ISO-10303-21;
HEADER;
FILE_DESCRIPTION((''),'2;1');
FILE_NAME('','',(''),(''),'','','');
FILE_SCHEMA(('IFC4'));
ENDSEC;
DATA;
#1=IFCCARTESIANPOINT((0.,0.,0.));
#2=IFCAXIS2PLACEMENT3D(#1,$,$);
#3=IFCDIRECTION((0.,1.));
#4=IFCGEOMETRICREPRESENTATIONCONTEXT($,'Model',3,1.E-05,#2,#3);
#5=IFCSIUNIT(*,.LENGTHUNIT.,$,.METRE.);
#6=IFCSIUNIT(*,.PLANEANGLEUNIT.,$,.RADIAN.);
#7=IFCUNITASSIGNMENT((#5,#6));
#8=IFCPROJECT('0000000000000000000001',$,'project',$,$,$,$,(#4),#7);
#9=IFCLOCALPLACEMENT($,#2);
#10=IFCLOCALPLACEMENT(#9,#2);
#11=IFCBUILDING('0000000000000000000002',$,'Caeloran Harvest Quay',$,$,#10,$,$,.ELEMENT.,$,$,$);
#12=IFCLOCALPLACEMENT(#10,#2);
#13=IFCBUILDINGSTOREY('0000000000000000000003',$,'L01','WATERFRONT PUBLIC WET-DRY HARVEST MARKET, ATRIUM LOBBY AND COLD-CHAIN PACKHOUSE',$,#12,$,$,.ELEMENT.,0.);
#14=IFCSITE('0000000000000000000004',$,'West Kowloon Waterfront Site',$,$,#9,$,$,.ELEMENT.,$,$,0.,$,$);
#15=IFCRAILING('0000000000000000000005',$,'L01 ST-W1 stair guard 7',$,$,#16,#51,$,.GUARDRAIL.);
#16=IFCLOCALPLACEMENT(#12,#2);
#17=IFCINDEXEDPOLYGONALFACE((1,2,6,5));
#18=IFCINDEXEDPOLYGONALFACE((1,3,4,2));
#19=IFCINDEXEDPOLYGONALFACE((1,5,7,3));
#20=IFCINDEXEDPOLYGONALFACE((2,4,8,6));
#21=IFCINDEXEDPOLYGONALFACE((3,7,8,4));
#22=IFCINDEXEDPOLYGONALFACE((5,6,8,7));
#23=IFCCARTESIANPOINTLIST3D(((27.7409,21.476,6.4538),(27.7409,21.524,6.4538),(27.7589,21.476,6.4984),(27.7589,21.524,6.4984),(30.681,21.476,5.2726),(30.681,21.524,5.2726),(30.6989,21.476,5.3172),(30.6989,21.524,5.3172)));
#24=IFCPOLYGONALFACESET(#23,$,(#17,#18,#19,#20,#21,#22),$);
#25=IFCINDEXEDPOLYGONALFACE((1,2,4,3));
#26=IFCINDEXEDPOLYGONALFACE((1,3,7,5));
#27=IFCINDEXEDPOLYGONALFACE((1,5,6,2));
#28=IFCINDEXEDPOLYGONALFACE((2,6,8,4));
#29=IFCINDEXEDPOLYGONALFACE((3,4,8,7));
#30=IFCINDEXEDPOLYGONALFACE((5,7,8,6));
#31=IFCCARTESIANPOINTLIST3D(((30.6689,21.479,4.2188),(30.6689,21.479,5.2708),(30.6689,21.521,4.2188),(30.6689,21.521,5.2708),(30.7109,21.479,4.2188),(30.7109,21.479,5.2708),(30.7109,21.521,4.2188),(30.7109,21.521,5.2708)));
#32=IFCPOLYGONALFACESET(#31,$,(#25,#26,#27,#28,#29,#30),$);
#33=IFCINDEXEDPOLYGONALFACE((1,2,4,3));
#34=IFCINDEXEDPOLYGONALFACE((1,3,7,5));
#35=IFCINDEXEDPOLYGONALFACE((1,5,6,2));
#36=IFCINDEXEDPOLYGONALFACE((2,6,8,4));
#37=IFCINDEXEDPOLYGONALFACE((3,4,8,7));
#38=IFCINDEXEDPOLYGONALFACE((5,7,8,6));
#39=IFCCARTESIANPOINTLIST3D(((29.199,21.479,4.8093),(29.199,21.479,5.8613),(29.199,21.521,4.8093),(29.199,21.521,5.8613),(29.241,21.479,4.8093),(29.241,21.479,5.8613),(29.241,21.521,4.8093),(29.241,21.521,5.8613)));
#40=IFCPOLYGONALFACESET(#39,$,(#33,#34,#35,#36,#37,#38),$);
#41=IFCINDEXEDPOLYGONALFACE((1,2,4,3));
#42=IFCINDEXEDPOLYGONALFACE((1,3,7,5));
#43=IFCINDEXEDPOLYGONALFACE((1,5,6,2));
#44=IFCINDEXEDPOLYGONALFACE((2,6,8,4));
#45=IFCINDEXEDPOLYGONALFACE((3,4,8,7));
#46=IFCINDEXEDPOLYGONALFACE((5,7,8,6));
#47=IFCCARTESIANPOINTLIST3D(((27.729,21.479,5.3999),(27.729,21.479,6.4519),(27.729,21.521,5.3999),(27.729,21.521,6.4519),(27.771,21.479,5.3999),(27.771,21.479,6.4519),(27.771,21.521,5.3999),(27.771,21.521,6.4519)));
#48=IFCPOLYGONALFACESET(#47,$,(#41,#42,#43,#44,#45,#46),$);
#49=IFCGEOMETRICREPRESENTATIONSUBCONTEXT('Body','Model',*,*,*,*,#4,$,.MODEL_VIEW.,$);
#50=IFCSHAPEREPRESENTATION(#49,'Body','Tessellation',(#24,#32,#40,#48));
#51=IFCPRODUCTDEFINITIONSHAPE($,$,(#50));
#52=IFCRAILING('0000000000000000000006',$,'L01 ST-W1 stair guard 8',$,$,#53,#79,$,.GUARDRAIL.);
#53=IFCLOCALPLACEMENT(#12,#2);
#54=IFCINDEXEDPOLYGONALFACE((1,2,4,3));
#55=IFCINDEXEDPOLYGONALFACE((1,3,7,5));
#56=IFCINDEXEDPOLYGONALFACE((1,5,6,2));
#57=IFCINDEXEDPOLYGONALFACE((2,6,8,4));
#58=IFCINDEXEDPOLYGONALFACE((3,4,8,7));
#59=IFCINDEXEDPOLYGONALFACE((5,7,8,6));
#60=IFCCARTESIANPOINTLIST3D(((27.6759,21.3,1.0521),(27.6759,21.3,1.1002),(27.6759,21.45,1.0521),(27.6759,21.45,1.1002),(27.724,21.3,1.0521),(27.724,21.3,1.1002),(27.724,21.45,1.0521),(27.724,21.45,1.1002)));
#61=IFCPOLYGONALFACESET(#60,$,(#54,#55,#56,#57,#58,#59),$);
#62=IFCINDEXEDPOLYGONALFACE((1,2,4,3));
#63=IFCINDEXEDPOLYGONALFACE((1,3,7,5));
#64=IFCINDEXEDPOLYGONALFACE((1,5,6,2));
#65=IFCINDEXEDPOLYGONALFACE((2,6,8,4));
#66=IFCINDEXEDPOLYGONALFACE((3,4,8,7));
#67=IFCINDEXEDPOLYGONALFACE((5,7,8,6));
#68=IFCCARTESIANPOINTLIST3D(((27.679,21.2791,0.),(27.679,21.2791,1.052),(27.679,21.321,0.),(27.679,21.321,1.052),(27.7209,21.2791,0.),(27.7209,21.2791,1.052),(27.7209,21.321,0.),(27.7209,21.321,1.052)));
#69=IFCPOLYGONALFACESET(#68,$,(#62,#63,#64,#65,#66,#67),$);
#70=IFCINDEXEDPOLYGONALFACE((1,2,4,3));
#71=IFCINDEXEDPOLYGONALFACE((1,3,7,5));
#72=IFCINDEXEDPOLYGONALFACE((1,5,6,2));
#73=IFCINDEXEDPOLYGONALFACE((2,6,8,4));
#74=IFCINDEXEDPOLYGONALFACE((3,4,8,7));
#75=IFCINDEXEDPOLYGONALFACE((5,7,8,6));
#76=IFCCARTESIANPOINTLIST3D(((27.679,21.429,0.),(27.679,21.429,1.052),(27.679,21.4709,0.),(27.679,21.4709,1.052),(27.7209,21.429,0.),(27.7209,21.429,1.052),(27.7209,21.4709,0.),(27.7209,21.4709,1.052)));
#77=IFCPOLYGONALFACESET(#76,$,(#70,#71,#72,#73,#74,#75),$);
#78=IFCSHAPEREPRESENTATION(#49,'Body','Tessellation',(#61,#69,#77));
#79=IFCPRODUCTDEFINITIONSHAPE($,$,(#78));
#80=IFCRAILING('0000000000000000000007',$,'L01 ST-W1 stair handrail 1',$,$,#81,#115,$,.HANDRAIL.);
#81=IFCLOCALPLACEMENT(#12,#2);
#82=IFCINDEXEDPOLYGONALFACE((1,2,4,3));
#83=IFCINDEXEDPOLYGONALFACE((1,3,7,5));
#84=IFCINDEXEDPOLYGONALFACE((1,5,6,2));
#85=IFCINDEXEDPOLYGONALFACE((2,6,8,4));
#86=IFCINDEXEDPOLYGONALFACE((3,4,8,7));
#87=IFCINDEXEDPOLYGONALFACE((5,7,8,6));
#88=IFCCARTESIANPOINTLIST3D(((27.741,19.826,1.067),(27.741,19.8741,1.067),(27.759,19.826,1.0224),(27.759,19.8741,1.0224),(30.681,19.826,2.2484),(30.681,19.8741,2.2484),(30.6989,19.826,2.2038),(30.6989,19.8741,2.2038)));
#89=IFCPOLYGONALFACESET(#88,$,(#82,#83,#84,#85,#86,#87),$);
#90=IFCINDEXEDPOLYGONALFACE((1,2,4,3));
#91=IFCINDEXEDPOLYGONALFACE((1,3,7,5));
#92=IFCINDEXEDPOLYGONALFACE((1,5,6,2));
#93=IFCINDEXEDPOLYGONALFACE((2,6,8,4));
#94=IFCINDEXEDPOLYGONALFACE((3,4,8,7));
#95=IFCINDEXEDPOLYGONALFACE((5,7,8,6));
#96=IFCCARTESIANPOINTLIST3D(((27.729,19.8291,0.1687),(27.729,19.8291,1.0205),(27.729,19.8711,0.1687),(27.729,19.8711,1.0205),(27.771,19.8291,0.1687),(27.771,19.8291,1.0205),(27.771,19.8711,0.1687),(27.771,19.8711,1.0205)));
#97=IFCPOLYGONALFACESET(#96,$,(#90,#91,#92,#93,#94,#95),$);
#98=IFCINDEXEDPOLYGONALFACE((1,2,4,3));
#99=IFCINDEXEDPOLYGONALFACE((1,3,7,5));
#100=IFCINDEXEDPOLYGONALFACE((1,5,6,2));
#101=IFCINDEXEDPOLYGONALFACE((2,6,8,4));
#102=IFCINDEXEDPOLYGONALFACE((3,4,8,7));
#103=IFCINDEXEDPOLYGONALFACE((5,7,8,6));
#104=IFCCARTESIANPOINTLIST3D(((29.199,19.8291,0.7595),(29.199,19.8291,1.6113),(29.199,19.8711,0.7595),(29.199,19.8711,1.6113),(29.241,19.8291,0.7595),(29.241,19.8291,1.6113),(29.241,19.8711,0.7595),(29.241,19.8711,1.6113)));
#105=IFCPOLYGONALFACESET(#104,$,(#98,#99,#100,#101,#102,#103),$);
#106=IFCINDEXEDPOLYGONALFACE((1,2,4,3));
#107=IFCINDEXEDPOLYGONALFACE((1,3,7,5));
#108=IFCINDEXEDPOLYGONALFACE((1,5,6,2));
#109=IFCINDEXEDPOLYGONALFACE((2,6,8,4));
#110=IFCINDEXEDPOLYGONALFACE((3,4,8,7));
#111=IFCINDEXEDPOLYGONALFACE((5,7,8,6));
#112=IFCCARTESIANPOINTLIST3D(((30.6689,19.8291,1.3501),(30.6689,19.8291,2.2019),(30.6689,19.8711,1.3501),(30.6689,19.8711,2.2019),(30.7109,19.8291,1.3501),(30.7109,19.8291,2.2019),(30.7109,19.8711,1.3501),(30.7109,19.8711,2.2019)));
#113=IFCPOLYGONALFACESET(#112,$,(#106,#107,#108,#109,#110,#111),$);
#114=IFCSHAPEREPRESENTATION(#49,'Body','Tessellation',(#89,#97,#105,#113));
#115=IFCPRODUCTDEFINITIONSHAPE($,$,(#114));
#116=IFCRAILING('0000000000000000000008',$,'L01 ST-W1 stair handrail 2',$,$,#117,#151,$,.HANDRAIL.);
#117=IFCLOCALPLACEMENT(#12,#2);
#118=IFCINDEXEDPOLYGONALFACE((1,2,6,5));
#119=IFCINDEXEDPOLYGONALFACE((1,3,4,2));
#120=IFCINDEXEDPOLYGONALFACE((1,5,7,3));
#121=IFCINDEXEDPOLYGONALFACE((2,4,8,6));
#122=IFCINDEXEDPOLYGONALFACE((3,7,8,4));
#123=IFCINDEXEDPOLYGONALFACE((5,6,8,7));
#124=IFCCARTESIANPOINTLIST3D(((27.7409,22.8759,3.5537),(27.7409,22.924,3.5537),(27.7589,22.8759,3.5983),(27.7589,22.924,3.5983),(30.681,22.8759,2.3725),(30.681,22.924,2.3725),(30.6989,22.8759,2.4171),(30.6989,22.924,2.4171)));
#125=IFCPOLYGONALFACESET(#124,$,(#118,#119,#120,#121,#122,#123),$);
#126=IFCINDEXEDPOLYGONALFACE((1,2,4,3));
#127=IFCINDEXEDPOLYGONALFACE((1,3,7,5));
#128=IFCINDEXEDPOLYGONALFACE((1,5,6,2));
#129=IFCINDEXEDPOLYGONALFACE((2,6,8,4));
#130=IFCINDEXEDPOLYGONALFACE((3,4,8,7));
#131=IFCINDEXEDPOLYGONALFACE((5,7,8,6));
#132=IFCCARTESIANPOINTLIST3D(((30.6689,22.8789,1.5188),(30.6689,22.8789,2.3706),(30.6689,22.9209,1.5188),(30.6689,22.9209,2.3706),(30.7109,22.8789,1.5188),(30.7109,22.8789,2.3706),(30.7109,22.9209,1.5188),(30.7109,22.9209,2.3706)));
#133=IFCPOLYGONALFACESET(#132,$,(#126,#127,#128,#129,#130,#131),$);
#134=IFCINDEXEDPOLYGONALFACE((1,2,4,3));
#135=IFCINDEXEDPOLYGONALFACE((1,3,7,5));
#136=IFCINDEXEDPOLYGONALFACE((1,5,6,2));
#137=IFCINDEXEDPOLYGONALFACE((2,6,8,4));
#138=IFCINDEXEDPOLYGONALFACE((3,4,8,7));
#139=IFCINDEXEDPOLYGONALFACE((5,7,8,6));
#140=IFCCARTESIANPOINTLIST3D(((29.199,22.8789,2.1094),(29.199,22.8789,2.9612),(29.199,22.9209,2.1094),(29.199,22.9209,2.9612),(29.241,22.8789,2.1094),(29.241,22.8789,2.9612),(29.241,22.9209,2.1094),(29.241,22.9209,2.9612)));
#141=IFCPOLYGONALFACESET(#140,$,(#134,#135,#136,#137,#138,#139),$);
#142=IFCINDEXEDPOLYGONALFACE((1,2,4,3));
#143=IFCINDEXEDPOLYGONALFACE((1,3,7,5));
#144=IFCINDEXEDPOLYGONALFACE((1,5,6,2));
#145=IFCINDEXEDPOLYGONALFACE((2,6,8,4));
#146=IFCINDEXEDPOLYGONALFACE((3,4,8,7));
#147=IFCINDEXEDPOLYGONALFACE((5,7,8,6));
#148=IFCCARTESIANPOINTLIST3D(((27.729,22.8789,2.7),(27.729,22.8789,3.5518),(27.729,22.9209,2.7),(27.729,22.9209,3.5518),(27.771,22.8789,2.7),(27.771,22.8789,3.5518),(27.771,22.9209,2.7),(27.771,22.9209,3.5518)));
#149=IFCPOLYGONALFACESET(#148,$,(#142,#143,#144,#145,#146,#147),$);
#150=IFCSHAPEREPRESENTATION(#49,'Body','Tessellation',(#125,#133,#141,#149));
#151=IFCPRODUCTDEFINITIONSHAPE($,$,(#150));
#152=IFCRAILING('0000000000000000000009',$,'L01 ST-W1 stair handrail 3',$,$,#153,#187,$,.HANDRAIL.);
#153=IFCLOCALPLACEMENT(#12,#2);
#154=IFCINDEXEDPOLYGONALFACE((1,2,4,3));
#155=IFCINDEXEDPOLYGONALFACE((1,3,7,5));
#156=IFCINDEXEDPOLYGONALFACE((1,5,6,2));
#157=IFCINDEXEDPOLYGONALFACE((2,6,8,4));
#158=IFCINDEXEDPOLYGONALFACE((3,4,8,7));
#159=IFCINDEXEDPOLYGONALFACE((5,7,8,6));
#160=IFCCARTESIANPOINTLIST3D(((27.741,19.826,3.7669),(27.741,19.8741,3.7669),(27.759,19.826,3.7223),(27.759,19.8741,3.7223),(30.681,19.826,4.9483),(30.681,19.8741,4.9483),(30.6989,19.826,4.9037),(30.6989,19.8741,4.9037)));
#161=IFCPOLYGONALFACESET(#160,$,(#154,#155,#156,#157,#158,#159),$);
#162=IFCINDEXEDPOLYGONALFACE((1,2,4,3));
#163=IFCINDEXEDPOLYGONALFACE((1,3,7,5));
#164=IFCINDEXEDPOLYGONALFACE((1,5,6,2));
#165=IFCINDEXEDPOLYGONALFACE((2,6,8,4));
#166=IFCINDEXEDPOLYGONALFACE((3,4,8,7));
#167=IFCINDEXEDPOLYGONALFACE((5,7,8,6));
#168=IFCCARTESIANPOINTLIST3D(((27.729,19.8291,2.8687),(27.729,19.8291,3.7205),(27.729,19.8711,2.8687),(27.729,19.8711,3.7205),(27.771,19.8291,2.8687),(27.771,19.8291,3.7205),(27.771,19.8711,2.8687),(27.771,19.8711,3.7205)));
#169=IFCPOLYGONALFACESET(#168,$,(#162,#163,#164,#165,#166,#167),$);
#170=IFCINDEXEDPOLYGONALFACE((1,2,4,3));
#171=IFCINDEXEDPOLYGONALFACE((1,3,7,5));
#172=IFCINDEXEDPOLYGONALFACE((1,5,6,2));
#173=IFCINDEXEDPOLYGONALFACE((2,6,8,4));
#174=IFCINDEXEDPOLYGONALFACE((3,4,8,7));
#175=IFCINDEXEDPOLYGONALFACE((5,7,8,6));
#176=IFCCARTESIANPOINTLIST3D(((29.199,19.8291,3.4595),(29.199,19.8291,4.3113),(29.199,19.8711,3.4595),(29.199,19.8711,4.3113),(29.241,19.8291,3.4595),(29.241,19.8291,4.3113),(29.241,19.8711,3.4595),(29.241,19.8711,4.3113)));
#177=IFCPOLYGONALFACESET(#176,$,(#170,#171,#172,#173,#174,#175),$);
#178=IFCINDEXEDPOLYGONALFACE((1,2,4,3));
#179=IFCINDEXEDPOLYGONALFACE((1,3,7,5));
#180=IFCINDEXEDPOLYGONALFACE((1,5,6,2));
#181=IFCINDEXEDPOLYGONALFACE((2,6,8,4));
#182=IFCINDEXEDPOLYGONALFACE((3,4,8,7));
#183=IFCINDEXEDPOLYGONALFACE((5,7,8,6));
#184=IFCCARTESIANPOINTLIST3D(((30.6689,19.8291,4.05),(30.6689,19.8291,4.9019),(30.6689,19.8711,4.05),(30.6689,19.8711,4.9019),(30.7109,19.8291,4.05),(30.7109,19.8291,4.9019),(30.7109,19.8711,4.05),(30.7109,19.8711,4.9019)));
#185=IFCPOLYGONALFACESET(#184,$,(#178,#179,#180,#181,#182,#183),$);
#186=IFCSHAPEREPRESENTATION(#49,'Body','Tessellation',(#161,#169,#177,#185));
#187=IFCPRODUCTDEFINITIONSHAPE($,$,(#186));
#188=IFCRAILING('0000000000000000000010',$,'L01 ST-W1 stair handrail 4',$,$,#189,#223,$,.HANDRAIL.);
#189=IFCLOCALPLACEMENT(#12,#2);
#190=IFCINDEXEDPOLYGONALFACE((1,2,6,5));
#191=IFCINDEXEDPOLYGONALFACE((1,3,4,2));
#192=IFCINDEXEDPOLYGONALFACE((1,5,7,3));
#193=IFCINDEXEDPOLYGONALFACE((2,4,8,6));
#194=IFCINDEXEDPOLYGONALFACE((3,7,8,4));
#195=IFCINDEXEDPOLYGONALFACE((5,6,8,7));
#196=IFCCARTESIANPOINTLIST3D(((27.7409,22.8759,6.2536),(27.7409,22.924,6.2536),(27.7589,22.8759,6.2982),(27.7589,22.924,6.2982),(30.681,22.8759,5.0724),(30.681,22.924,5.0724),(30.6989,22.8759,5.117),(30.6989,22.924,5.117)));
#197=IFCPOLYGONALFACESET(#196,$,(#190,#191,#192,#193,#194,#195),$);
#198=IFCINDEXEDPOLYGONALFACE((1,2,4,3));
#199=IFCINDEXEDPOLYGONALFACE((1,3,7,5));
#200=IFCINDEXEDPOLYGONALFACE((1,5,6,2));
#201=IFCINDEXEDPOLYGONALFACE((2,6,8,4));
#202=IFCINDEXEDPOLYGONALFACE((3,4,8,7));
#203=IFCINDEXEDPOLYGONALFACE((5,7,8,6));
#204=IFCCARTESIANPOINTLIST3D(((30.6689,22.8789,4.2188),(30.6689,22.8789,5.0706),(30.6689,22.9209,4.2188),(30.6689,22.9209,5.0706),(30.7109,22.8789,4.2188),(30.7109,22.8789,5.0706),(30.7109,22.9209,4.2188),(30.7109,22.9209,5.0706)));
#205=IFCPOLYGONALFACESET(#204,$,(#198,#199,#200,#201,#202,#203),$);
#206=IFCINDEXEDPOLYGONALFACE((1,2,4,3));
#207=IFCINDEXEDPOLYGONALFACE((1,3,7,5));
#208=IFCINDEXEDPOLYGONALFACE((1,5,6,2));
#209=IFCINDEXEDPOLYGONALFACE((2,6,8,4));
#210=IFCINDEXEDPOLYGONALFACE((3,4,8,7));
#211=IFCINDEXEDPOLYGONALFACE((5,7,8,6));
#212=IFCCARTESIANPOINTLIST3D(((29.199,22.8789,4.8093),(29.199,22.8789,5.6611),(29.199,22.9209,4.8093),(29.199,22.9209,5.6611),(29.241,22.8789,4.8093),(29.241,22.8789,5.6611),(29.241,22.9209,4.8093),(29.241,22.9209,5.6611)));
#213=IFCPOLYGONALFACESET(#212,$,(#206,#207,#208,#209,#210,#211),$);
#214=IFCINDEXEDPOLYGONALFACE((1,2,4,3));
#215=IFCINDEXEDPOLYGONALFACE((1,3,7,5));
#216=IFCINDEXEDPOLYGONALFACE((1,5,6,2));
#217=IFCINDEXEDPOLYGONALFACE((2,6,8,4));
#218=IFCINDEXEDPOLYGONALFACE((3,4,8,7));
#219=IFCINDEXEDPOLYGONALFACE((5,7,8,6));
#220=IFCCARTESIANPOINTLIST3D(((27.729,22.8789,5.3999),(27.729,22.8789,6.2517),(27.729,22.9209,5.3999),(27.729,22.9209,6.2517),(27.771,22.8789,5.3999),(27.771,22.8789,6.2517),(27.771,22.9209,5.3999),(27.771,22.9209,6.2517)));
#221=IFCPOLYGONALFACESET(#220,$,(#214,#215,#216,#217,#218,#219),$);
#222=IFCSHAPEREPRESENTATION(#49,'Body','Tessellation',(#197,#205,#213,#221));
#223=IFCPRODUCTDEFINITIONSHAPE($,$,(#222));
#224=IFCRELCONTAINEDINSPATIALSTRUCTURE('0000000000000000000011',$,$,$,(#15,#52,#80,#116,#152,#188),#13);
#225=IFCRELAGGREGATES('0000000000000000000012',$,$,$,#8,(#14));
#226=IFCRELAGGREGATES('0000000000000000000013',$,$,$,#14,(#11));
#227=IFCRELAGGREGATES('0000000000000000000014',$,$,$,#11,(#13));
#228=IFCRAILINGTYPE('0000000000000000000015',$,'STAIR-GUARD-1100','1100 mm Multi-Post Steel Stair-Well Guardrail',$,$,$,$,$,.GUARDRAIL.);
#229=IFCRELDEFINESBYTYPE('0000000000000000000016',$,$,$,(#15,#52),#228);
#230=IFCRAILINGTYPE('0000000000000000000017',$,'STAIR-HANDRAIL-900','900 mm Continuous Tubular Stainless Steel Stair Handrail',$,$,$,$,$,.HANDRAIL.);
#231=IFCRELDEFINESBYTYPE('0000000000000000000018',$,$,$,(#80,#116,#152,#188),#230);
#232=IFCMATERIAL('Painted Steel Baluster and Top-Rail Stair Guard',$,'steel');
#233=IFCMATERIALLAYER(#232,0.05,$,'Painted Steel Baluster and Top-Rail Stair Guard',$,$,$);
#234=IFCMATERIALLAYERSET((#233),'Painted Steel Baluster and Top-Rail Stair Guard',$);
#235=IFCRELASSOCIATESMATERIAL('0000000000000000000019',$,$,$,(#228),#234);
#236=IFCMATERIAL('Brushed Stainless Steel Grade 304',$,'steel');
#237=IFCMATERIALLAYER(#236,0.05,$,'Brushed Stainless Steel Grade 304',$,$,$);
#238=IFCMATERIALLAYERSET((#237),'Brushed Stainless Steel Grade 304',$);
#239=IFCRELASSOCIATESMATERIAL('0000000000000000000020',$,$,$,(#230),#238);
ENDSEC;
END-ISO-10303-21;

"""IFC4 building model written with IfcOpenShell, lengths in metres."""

from ifc_helpers import new_model, si_unit, direction, frame, origin, origin_2d, place, context, subcontext, project, spatial, rectangle, extrude, material, layer, layer_set, type_object, element, save


model = new_model("IFC4")

# Units and contexts
model_context = context("Model", 3, precision=1e-05, world=origin(), true_north=direction((0.0, 1.0)))
body_context = subcontext(model_context, "Body", "Model", "MODEL_VIEW")
ifc_project = project(units=[si_unit("LENGTHUNIT", "METRE"), si_unit("PLANEANGLEUNIT", "RADIAN")], contexts=[model_context])

# Site, building, storey
site_placement = place(None, origin())
site = spatial("IfcSite", under=ifc_project, at=site_placement, Name="West Kowloon Waterfront Site", CompositionType="ELEMENT", RefElevation=0.0)
building_placement = place(site_placement, origin())
building = spatial("IfcBuilding", under=site, at=building_placement, Name="Caeloran Harvest Quay", CompositionType="ELEMENT")
storey_placement = place(building_placement, origin())
storey = spatial("IfcBuildingStorey", under=building, at=storey_placement, Name="L01", Description="WATERFRONT PUBLIC WET-DRY HARVEST MARKET, ATRIUM LOBBY AND COLD-CHAIN PACKHOUSE", CompositionType="ELEMENT", Elevation=0.0)

# Railings
ifc_material_1 = material(Name="Painted Steel Baluster and Top-Rail Stair Guard", Category="steel")
ifc_layer_1 = layer(ifc_material_1, 0.05, Name="Painted Steel Baluster and Top-Rail Stair Guard")
ifc_layer_set_1 = layer_set([ifc_layer_1], Name="Painted Steel Baluster and Top-Rail Stair Guard")
railing_type_1 = type_object("IfcRailingType", Name="STAIR-GUARD-1100", Description="1100 mm Multi-Post Steel Stair-Well Guardrail", PredefinedType="GUARDRAIL", material=ifc_layer_set_1)
railing_1_placement = place(storey_placement, frame((30.6899, 21.5, 4.2188)))
element("IfcRailing", 1, at=railing_1_placement, inside=storey, type_object=railing_type_1, Name="L01 ST-W1 stair guard 7", PredefinedType="GUARDRAIL", context=body_context, shape_type="SweptSolid", body=[
    extrude(rectangle(XDim=0.0481, YDim=0.0481, at=origin_2d()), frame((0.0, 0.0, 1.0762), z_axis=(-0.927912, 0.0, 0.372799), x_axis=(0.0, -1.0, 0.0)), (0.0, 0.0, 1.0), 3.1685),
    extrude(rectangle(XDim=0.042, YDim=0.042, at=origin_2d()), origin(), (0.0, 0.0, 1.0), 1.052),
    extrude(rectangle(XDim=0.042, YDim=0.042, at=origin_2d()), frame((-1.47, 0.0, 0.5906)), (0.0, 0.0, 1.0), 1.052),
    extrude(rectangle(XDim=0.042, YDim=0.042, at=origin_2d()), frame((-2.9399, 0.0, 1.1812)), (0.0, 0.0, 1.0), 1.052),
])
railing_2_placement = place(storey_placement, frame((27.7, 21.3, 0.0)))
element("IfcRailing", 2, at=railing_2_placement, inside=storey, type_object=railing_type_1, Name="L01 ST-W1 stair guard 8", PredefinedType="GUARDRAIL", context=body_context, shape_type="SweptSolid", body=[
    extrude(rectangle(XDim=0.0481, YDim=0.0481, at=origin_2d()), frame((0.0, 0.0, 1.0762), z_axis=(0.0, 1.0, 0.0), x_axis=(-1.0, 0.0, 0.0)), (0.0, 0.0, 1.0), 0.1499),
    extrude(rectangle(XDim=0.042, YDim=0.042, at=origin_2d()), origin(), (0.0, 0.0, 1.0), 1.052),
    extrude(rectangle(XDim=0.042, YDim=0.042, at=origin_2d()), frame((0.0, 0.1499, 0.0)), (0.0, 0.0, 1.0), 1.052),
])
ifc_material_2 = material(Name="Brushed Stainless Steel Grade 304", Category="steel")
ifc_layer_2 = layer(ifc_material_2, 0.05, Name="Brushed Stainless Steel Grade 304")
ifc_layer_set_2 = layer_set([ifc_layer_2], Name="Brushed Stainless Steel Grade 304")
railing_type_2 = type_object("IfcRailingType", Name="STAIR-HANDRAIL-900", Description="900 mm Continuous Tubular Stainless Steel Stair Handrail", PredefinedType="HANDRAIL", material=ifc_layer_set_2)
railing_3_placement = place(storey_placement, frame((27.75, 19.8501, 0.1687)))
element("IfcRailing", 3, at=railing_3_placement, inside=storey, type_object=railing_type_2, Name="L01 ST-W1 stair handrail 1", PredefinedType="HANDRAIL", context=body_context, shape_type="SweptSolid", body=[
    extrude(rectangle(XDim=0.0481, YDim=0.0481, at=origin_2d()), frame((0.0, 0.0, 0.876), z_axis=(0.927886, 0.0, 0.372865), x_axis=(0.0, 1.0, 0.0)), (0.0, 0.0, 1.0), 3.1685),
    extrude(rectangle(XDim=0.042, YDim=0.042, at=origin_2d()), origin(), (0.0, 0.0, 1.0), 0.8518),
    extrude(rectangle(XDim=0.042, YDim=0.042, at=origin_2d()), frame((1.47, 0.0, 0.5908)), (0.0, 0.0, 1.0), 0.8518),
    extrude(rectangle(XDim=0.042, YDim=0.042, at=origin_2d()), frame((2.9399, 0.0, 1.1814)), (0.0, 0.0, 1.0), 0.8518),
])
railing_4_placement = place(storey_placement, frame((30.6899, 22.8999, 1.5188)))
element("IfcRailing", 4, at=railing_4_placement, inside=storey, type_object=railing_type_2, Name="L01 ST-W1 stair handrail 2", PredefinedType="HANDRAIL", context=body_context, shape_type="SweptSolid", body=[
    extrude(rectangle(XDim=0.0481, YDim=0.0481, at=origin_2d()), frame((0.0, 0.0, 0.876), z_axis=(-0.927912, 0.0, 0.372799), x_axis=(0.0, -1.0, 0.0)), (0.0, 0.0, 1.0), 3.1685),
    extrude(rectangle(XDim=0.042, YDim=0.042, at=origin_2d()), origin(), (0.0, 0.0, 1.0), 0.8518),
    extrude(rectangle(XDim=0.042, YDim=0.042, at=origin_2d()), frame((-1.47, 0.0, 0.5906)), (0.0, 0.0, 1.0), 0.8518),
    extrude(rectangle(XDim=0.042, YDim=0.042, at=origin_2d()), frame((-2.9399, 0.0, 1.1812)), (0.0, 0.0, 1.0), 0.8518),
])
railing_5_placement = place(storey_placement, frame((27.75, 19.8501, 2.8687)))
element("IfcRailing", 5, at=railing_5_placement, inside=storey, type_object=railing_type_2, Name="L01 ST-W1 stair handrail 3", PredefinedType="HANDRAIL", context=body_context, shape_type="SweptSolid", body=[
    extrude(rectangle(XDim=0.0481, YDim=0.0481, at=origin_2d()), frame((0.0, 0.0, 0.876), z_axis=(0.927886, 0.0, 0.372865), x_axis=(0.0, 1.0, 0.0)), (0.0, 0.0, 1.0), 3.1685),
    extrude(rectangle(XDim=0.042, YDim=0.042, at=origin_2d()), origin(), (0.0, 0.0, 1.0), 0.8518),
    extrude(rectangle(XDim=0.042, YDim=0.042, at=origin_2d()), frame((1.47, 0.0, 0.5908)), (0.0, 0.0, 1.0), 0.8518),
    extrude(rectangle(XDim=0.042, YDim=0.042, at=origin_2d()), frame((2.9399, 0.0, 1.1814)), (0.0, 0.0, 1.0), 0.8518),
])
railing_6_placement = place(storey_placement, frame((30.6899, 22.8999, 4.2188)))
element("IfcRailing", 6, at=railing_6_placement, inside=storey, type_object=railing_type_2, Name="L01 ST-W1 stair handrail 4", PredefinedType="HANDRAIL", context=body_context, shape_type="SweptSolid", body=[
    extrude(rectangle(XDim=0.0481, YDim=0.0481, at=origin_2d()), frame((0.0, 0.0, 0.876), z_axis=(-0.927912, 0.0, 0.372799), x_axis=(0.0, -1.0, 0.0)), (0.0, 0.0, 1.0), 3.1685),
    extrude(rectangle(XDim=0.042, YDim=0.042, at=origin_2d()), origin(), (0.0, 0.0, 1.0), 0.8518),
    extrude(rectangle(XDim=0.042, YDim=0.042, at=origin_2d()), frame((-1.47, 0.0, 0.5906)), (0.0, 0.0, 1.0), 0.8518),
    extrude(rectangle(XDim=0.042, YDim=0.042, at=origin_2d()), frame((-2.9399, 0.0, 1.1812)), (0.0, 0.0, 1.0), 0.8518),
])

save(model, "model.ifc")
